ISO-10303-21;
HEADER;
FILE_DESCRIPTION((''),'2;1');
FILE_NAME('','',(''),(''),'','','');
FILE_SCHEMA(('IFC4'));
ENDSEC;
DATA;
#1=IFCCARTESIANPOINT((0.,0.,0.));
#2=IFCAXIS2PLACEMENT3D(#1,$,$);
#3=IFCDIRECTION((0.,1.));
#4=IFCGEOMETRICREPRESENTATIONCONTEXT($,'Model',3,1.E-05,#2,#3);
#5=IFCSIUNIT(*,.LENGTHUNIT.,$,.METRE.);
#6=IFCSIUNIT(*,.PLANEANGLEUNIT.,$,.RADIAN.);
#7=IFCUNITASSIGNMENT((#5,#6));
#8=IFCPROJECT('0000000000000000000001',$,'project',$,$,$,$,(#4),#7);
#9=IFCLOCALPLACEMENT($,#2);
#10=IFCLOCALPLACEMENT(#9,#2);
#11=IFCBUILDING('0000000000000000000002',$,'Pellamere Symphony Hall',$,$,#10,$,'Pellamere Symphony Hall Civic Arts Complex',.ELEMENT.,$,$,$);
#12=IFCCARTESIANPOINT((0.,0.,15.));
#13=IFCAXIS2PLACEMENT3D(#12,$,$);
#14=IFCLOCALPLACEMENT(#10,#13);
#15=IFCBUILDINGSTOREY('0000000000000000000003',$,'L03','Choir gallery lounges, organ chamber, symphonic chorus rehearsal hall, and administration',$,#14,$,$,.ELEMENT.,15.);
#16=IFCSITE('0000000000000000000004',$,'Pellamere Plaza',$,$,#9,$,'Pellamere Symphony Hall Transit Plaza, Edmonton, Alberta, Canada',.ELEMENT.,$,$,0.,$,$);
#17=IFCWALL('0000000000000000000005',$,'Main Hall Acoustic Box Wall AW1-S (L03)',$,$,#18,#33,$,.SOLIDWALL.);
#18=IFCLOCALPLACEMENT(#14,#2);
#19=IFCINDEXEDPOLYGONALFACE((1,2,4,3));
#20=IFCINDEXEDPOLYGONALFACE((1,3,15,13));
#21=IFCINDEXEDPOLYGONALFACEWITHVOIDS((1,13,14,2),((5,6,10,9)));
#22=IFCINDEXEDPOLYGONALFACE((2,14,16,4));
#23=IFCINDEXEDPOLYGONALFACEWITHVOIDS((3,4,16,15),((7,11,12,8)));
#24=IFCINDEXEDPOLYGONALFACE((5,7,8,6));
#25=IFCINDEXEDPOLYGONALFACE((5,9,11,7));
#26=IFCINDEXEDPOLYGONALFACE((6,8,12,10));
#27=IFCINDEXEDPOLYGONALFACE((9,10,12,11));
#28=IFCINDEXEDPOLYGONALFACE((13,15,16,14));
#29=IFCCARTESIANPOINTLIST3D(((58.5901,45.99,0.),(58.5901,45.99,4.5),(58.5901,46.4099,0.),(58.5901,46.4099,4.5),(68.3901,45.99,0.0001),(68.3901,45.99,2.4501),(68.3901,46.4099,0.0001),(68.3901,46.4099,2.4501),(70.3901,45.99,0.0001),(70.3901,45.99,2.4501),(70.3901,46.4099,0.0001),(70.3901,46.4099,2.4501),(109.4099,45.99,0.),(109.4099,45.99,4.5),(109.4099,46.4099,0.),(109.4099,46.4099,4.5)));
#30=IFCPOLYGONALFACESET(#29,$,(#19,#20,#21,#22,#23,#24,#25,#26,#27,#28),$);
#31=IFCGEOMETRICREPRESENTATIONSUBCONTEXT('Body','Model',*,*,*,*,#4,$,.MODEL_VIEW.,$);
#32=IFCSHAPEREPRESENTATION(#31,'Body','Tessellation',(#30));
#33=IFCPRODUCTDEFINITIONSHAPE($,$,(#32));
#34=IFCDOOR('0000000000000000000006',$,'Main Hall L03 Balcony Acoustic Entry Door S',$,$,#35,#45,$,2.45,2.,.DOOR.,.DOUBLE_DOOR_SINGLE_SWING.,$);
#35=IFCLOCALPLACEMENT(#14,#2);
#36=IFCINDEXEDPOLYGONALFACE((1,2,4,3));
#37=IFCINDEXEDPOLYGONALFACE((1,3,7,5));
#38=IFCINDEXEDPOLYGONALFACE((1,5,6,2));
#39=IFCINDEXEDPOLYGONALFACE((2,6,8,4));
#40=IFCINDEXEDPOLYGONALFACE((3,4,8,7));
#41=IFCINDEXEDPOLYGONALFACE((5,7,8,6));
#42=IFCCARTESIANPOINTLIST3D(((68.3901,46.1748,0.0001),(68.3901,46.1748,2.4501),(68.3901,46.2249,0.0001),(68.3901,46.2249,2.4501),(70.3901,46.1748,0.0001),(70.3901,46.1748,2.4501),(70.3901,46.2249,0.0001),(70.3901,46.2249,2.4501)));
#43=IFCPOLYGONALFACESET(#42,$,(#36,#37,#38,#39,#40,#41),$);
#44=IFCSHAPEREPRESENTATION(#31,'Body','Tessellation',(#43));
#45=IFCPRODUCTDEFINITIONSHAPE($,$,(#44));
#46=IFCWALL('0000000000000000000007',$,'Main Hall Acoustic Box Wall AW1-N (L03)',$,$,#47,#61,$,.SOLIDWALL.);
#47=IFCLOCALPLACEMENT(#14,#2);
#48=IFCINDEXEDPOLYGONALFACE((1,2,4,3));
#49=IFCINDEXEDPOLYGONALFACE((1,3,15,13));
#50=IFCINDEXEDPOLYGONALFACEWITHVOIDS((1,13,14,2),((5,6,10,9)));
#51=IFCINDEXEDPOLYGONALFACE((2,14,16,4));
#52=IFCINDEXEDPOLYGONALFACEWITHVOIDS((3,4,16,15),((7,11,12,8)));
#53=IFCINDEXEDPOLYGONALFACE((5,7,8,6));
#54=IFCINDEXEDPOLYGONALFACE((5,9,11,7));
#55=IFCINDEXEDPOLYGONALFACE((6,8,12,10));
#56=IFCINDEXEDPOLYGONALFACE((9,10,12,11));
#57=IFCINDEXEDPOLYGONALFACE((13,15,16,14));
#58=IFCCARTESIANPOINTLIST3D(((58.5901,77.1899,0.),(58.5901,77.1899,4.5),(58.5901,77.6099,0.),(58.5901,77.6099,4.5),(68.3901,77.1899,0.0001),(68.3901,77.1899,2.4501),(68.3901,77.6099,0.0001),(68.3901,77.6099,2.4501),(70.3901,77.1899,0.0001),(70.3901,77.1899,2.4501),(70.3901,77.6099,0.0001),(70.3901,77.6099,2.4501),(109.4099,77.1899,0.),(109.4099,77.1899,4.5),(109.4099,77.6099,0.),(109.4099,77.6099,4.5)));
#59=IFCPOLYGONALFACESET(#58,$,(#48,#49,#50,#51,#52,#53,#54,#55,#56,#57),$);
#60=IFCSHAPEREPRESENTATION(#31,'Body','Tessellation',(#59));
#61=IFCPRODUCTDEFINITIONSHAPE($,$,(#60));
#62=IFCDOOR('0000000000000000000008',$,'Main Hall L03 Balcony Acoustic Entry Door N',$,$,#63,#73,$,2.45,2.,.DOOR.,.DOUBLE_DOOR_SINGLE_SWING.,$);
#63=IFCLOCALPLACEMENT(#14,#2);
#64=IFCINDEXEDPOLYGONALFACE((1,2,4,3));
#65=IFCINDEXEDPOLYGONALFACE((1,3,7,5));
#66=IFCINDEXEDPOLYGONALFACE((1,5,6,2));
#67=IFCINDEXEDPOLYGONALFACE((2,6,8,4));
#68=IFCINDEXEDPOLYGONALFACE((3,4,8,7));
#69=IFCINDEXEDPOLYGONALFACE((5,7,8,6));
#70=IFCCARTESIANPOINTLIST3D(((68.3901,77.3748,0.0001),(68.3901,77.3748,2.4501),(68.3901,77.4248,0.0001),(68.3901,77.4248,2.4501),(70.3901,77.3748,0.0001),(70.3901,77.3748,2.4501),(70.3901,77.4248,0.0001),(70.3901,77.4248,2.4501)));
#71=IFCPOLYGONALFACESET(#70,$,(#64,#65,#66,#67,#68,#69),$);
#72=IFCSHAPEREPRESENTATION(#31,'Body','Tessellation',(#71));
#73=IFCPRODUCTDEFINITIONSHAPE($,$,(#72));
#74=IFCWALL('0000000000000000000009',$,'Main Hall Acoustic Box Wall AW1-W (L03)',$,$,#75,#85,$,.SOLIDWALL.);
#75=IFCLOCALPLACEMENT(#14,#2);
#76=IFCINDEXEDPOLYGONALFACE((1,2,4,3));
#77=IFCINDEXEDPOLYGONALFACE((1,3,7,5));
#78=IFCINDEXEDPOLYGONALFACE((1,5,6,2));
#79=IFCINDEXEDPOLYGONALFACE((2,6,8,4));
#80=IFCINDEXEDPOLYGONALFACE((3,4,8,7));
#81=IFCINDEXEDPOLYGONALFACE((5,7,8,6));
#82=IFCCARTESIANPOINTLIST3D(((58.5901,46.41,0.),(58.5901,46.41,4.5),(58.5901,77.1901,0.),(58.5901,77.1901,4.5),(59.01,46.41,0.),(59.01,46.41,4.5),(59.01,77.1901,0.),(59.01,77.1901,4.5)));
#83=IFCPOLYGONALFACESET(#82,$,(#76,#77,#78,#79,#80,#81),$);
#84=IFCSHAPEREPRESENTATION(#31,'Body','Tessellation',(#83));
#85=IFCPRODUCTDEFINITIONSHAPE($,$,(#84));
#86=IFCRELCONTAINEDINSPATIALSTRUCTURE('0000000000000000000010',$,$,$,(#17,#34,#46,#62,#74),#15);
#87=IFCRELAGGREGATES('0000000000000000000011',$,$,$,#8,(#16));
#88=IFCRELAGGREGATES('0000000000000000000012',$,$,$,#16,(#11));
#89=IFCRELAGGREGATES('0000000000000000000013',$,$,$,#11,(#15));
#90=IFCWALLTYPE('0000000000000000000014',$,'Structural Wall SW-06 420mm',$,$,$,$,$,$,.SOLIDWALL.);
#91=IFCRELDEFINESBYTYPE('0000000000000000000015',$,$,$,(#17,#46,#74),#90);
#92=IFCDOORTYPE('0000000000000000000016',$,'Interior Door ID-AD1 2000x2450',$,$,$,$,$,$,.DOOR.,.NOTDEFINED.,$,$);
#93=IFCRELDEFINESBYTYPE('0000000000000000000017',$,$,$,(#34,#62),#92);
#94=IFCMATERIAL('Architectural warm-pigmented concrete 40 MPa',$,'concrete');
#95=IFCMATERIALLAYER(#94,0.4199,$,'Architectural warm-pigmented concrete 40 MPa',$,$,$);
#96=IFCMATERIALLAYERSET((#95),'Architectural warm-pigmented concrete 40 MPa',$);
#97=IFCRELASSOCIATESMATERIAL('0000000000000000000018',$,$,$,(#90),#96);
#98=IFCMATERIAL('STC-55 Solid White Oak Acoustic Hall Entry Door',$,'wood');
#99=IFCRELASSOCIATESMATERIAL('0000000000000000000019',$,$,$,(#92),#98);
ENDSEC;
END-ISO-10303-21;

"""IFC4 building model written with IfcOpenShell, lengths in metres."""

from ifc_helpers import new_model, si_unit, direction, frame, frame_2d, origin, place, context, subcontext, project, spatial, rectangle, extrude, material, layer, layer_set, type_object, element, fill, save


model = new_model("IFC4")

# Units and contexts
model_context = context("Model", 3, precision=1e-05, world=origin(), true_north=direction((0.0, 1.0)))
body_context = subcontext(model_context, "Body", "Model", "MODEL_VIEW")
ifc_project = project(units=[si_unit("LENGTHUNIT", "METRE"), si_unit("PLANEANGLEUNIT", "RADIAN")], contexts=[model_context])

# Site, building, storey
site_placement = place(None, origin())
site = spatial("IfcSite", under=ifc_project, at=site_placement, Name="Pellamere Plaza", LongName="Pellamere Symphony Hall Transit Plaza, Edmonton, Alberta, Canada", CompositionType="ELEMENT", RefElevation=0.0)
building_placement = place(site_placement, origin())
building = spatial("IfcBuilding", under=site, at=building_placement, Name="Pellamere Symphony Hall", LongName="Pellamere Symphony Hall Civic Arts Complex", CompositionType="ELEMENT")
storey_placement = place(building_placement, frame((0.0, 0.0, 15.0)))
storey = spatial("IfcBuildingStorey", under=building, at=storey_placement, Name="L03", Description="Choir gallery lounges, organ chamber, symphonic chorus rehearsal hall, and administration", CompositionType="ELEMENT", Elevation=15.0)

# Walls, openings, doors
ifc_material_1 = material(Name="Architectural warm-pigmented concrete 40 MPa", Category="concrete")
ifc_layer_1 = layer(ifc_material_1, 0.4199, Name="Architectural warm-pigmented concrete 40 MPa")
ifc_layer_set_1 = layer_set([ifc_layer_1], Name="Architectural warm-pigmented concrete 40 MPa")
wall_type_1 = type_object("IfcWallType", Name="Structural Wall SW-06 420mm", PredefinedType="SOLIDWALL", material=ifc_layer_set_1)
wall_1_placement = place(storey_placement, frame((58.5901, 46.2, 0.0), z_axis=(0.0, 0.0, 1.0), x_axis=(1.0, 0.0, 0.0)))
wall_1 = element("IfcWall", 1, at=wall_1_placement, inside=storey, type_object=wall_type_1, Name="Main Hall Acoustic Box Wall AW1-S (L03)", PredefinedType="SOLIDWALL", context=body_context, shape_type="SweptSolid", body=[
    extrude(rectangle(XDim=50.8198, YDim=0.4199, at=frame_2d((25.4099, 0.0))), origin(), (0.0, 0.0, 1.0), 4.5),
])
opening_1_placement = place(wall_1_placement, frame((9.8, 0.0, 0.0)))
opening_1 = element("IfcOpeningElement", 2, at=opening_1_placement, cuts=wall_1, PredefinedType="OPENING", context=body_context, shape_type="SweptSolid", body=[
    extrude(rectangle(XDim=2.0, YDim=2.45, at=frame_2d((1.0, 1.2251))), frame((0.0, 0.22, 0.0), z_axis=(0.0, -1.0, 0.0), x_axis=(1.0, 0.0, 0.0)), (0.0, 0.0, 1.0), 0.4399),
])
ifc_material_2 = material(Name="STC-55 Solid White Oak Acoustic Hall Entry Door", Category="wood")
door_type_1 = type_object("IfcDoorType", Name="Interior Door ID-AD1 2000x2450", OperationType="NOTDEFINED", PredefinedType="DOOR", material=ifc_material_2)
door_1_placement = place(opening_1_placement, origin())
door_1 = element("IfcDoor", 3, at=door_1_placement, inside=storey, type_object=door_type_1, Name="Main Hall L03 Balcony Acoustic Entry Door S", OperationType="DOUBLE_DOOR_SINGLE_SWING", OverallHeight=2.45, OverallWidth=2.0, PredefinedType="DOOR", context=body_context, shape_type="SweptSolid", body=[
    extrude(rectangle(XDim=2.0, YDim=2.45, at=frame_2d((1.0, 1.2251))), frame((0.0, 0.0249, 0.0), z_axis=(0.0, -1.0, 0.0), x_axis=(1.0, 0.0, 0.0)), (0.0, 0.0, 1.0), 0.05),
])
fill(opening_1, door_1)
wall_2_placement = place(storey_placement, frame((58.5901, 77.3999, 0.0), z_axis=(0.0, 0.0, 1.0), x_axis=(1.0, 0.0, 0.0)))
wall_2 = element("IfcWall", 4, at=wall_2_placement, inside=storey, type_object=wall_type_1, Name="Main Hall Acoustic Box Wall AW1-N (L03)", PredefinedType="SOLIDWALL", context=body_context, shape_type="SweptSolid", body=[
    extrude(rectangle(XDim=50.8198, YDim=0.4199, at=frame_2d((25.4099, 0.0))), origin(), (0.0, 0.0, 1.0), 4.5),
])
opening_2_placement = place(wall_2_placement, frame((9.8, 0.0, 0.0)))
opening_2 = element("IfcOpeningElement", 5, at=opening_2_placement, cuts=wall_2, PredefinedType="OPENING", context=body_context, shape_type="SweptSolid", body=[
    extrude(rectangle(XDim=2.0, YDim=2.45, at=frame_2d((1.0, 1.2251))), frame((0.0, 0.22, 0.0), z_axis=(0.0, -1.0, 0.0), x_axis=(1.0, 0.0, 0.0)), (0.0, 0.0, 1.0), 0.4399),
])
door_2_placement = place(opening_2_placement, origin())
door_2 = element("IfcDoor", 6, at=door_2_placement, inside=storey, type_object=door_type_1, Name="Main Hall L03 Balcony Acoustic Entry Door N", OperationType="DOUBLE_DOOR_SINGLE_SWING", OverallHeight=2.45, OverallWidth=2.0, PredefinedType="DOOR", context=body_context, shape_type="SweptSolid", body=[
    extrude(rectangle(XDim=2.0, YDim=2.45, at=frame_2d((1.0, 1.2251))), frame((0.0, 0.0249, 0.0), z_axis=(0.0, -1.0, 0.0), x_axis=(1.0, 0.0, 0.0)), (0.0, 0.0, 1.0), 0.05),
])
fill(opening_2, door_2)

# Wall
wall_3_placement = place(storey_placement, frame((58.8, 46.4099, 0.0), z_axis=(0.0, 0.0, 1.0), x_axis=(0.0, 1.0, 0.0)))
element("IfcWall", 7, at=wall_3_placement, inside=storey, type_object=wall_type_1, Name="Main Hall Acoustic Box Wall AW1-W (L03)", PredefinedType="SOLIDWALL", context=body_context, shape_type="SweptSolid", body=[
    extrude(rectangle(XDim=30.78, YDim=0.4199, at=frame_2d((15.3901, 0.0))), origin(), (0.0, 0.0, 1.0), 4.5),
])

save(model, "model.ifc")
